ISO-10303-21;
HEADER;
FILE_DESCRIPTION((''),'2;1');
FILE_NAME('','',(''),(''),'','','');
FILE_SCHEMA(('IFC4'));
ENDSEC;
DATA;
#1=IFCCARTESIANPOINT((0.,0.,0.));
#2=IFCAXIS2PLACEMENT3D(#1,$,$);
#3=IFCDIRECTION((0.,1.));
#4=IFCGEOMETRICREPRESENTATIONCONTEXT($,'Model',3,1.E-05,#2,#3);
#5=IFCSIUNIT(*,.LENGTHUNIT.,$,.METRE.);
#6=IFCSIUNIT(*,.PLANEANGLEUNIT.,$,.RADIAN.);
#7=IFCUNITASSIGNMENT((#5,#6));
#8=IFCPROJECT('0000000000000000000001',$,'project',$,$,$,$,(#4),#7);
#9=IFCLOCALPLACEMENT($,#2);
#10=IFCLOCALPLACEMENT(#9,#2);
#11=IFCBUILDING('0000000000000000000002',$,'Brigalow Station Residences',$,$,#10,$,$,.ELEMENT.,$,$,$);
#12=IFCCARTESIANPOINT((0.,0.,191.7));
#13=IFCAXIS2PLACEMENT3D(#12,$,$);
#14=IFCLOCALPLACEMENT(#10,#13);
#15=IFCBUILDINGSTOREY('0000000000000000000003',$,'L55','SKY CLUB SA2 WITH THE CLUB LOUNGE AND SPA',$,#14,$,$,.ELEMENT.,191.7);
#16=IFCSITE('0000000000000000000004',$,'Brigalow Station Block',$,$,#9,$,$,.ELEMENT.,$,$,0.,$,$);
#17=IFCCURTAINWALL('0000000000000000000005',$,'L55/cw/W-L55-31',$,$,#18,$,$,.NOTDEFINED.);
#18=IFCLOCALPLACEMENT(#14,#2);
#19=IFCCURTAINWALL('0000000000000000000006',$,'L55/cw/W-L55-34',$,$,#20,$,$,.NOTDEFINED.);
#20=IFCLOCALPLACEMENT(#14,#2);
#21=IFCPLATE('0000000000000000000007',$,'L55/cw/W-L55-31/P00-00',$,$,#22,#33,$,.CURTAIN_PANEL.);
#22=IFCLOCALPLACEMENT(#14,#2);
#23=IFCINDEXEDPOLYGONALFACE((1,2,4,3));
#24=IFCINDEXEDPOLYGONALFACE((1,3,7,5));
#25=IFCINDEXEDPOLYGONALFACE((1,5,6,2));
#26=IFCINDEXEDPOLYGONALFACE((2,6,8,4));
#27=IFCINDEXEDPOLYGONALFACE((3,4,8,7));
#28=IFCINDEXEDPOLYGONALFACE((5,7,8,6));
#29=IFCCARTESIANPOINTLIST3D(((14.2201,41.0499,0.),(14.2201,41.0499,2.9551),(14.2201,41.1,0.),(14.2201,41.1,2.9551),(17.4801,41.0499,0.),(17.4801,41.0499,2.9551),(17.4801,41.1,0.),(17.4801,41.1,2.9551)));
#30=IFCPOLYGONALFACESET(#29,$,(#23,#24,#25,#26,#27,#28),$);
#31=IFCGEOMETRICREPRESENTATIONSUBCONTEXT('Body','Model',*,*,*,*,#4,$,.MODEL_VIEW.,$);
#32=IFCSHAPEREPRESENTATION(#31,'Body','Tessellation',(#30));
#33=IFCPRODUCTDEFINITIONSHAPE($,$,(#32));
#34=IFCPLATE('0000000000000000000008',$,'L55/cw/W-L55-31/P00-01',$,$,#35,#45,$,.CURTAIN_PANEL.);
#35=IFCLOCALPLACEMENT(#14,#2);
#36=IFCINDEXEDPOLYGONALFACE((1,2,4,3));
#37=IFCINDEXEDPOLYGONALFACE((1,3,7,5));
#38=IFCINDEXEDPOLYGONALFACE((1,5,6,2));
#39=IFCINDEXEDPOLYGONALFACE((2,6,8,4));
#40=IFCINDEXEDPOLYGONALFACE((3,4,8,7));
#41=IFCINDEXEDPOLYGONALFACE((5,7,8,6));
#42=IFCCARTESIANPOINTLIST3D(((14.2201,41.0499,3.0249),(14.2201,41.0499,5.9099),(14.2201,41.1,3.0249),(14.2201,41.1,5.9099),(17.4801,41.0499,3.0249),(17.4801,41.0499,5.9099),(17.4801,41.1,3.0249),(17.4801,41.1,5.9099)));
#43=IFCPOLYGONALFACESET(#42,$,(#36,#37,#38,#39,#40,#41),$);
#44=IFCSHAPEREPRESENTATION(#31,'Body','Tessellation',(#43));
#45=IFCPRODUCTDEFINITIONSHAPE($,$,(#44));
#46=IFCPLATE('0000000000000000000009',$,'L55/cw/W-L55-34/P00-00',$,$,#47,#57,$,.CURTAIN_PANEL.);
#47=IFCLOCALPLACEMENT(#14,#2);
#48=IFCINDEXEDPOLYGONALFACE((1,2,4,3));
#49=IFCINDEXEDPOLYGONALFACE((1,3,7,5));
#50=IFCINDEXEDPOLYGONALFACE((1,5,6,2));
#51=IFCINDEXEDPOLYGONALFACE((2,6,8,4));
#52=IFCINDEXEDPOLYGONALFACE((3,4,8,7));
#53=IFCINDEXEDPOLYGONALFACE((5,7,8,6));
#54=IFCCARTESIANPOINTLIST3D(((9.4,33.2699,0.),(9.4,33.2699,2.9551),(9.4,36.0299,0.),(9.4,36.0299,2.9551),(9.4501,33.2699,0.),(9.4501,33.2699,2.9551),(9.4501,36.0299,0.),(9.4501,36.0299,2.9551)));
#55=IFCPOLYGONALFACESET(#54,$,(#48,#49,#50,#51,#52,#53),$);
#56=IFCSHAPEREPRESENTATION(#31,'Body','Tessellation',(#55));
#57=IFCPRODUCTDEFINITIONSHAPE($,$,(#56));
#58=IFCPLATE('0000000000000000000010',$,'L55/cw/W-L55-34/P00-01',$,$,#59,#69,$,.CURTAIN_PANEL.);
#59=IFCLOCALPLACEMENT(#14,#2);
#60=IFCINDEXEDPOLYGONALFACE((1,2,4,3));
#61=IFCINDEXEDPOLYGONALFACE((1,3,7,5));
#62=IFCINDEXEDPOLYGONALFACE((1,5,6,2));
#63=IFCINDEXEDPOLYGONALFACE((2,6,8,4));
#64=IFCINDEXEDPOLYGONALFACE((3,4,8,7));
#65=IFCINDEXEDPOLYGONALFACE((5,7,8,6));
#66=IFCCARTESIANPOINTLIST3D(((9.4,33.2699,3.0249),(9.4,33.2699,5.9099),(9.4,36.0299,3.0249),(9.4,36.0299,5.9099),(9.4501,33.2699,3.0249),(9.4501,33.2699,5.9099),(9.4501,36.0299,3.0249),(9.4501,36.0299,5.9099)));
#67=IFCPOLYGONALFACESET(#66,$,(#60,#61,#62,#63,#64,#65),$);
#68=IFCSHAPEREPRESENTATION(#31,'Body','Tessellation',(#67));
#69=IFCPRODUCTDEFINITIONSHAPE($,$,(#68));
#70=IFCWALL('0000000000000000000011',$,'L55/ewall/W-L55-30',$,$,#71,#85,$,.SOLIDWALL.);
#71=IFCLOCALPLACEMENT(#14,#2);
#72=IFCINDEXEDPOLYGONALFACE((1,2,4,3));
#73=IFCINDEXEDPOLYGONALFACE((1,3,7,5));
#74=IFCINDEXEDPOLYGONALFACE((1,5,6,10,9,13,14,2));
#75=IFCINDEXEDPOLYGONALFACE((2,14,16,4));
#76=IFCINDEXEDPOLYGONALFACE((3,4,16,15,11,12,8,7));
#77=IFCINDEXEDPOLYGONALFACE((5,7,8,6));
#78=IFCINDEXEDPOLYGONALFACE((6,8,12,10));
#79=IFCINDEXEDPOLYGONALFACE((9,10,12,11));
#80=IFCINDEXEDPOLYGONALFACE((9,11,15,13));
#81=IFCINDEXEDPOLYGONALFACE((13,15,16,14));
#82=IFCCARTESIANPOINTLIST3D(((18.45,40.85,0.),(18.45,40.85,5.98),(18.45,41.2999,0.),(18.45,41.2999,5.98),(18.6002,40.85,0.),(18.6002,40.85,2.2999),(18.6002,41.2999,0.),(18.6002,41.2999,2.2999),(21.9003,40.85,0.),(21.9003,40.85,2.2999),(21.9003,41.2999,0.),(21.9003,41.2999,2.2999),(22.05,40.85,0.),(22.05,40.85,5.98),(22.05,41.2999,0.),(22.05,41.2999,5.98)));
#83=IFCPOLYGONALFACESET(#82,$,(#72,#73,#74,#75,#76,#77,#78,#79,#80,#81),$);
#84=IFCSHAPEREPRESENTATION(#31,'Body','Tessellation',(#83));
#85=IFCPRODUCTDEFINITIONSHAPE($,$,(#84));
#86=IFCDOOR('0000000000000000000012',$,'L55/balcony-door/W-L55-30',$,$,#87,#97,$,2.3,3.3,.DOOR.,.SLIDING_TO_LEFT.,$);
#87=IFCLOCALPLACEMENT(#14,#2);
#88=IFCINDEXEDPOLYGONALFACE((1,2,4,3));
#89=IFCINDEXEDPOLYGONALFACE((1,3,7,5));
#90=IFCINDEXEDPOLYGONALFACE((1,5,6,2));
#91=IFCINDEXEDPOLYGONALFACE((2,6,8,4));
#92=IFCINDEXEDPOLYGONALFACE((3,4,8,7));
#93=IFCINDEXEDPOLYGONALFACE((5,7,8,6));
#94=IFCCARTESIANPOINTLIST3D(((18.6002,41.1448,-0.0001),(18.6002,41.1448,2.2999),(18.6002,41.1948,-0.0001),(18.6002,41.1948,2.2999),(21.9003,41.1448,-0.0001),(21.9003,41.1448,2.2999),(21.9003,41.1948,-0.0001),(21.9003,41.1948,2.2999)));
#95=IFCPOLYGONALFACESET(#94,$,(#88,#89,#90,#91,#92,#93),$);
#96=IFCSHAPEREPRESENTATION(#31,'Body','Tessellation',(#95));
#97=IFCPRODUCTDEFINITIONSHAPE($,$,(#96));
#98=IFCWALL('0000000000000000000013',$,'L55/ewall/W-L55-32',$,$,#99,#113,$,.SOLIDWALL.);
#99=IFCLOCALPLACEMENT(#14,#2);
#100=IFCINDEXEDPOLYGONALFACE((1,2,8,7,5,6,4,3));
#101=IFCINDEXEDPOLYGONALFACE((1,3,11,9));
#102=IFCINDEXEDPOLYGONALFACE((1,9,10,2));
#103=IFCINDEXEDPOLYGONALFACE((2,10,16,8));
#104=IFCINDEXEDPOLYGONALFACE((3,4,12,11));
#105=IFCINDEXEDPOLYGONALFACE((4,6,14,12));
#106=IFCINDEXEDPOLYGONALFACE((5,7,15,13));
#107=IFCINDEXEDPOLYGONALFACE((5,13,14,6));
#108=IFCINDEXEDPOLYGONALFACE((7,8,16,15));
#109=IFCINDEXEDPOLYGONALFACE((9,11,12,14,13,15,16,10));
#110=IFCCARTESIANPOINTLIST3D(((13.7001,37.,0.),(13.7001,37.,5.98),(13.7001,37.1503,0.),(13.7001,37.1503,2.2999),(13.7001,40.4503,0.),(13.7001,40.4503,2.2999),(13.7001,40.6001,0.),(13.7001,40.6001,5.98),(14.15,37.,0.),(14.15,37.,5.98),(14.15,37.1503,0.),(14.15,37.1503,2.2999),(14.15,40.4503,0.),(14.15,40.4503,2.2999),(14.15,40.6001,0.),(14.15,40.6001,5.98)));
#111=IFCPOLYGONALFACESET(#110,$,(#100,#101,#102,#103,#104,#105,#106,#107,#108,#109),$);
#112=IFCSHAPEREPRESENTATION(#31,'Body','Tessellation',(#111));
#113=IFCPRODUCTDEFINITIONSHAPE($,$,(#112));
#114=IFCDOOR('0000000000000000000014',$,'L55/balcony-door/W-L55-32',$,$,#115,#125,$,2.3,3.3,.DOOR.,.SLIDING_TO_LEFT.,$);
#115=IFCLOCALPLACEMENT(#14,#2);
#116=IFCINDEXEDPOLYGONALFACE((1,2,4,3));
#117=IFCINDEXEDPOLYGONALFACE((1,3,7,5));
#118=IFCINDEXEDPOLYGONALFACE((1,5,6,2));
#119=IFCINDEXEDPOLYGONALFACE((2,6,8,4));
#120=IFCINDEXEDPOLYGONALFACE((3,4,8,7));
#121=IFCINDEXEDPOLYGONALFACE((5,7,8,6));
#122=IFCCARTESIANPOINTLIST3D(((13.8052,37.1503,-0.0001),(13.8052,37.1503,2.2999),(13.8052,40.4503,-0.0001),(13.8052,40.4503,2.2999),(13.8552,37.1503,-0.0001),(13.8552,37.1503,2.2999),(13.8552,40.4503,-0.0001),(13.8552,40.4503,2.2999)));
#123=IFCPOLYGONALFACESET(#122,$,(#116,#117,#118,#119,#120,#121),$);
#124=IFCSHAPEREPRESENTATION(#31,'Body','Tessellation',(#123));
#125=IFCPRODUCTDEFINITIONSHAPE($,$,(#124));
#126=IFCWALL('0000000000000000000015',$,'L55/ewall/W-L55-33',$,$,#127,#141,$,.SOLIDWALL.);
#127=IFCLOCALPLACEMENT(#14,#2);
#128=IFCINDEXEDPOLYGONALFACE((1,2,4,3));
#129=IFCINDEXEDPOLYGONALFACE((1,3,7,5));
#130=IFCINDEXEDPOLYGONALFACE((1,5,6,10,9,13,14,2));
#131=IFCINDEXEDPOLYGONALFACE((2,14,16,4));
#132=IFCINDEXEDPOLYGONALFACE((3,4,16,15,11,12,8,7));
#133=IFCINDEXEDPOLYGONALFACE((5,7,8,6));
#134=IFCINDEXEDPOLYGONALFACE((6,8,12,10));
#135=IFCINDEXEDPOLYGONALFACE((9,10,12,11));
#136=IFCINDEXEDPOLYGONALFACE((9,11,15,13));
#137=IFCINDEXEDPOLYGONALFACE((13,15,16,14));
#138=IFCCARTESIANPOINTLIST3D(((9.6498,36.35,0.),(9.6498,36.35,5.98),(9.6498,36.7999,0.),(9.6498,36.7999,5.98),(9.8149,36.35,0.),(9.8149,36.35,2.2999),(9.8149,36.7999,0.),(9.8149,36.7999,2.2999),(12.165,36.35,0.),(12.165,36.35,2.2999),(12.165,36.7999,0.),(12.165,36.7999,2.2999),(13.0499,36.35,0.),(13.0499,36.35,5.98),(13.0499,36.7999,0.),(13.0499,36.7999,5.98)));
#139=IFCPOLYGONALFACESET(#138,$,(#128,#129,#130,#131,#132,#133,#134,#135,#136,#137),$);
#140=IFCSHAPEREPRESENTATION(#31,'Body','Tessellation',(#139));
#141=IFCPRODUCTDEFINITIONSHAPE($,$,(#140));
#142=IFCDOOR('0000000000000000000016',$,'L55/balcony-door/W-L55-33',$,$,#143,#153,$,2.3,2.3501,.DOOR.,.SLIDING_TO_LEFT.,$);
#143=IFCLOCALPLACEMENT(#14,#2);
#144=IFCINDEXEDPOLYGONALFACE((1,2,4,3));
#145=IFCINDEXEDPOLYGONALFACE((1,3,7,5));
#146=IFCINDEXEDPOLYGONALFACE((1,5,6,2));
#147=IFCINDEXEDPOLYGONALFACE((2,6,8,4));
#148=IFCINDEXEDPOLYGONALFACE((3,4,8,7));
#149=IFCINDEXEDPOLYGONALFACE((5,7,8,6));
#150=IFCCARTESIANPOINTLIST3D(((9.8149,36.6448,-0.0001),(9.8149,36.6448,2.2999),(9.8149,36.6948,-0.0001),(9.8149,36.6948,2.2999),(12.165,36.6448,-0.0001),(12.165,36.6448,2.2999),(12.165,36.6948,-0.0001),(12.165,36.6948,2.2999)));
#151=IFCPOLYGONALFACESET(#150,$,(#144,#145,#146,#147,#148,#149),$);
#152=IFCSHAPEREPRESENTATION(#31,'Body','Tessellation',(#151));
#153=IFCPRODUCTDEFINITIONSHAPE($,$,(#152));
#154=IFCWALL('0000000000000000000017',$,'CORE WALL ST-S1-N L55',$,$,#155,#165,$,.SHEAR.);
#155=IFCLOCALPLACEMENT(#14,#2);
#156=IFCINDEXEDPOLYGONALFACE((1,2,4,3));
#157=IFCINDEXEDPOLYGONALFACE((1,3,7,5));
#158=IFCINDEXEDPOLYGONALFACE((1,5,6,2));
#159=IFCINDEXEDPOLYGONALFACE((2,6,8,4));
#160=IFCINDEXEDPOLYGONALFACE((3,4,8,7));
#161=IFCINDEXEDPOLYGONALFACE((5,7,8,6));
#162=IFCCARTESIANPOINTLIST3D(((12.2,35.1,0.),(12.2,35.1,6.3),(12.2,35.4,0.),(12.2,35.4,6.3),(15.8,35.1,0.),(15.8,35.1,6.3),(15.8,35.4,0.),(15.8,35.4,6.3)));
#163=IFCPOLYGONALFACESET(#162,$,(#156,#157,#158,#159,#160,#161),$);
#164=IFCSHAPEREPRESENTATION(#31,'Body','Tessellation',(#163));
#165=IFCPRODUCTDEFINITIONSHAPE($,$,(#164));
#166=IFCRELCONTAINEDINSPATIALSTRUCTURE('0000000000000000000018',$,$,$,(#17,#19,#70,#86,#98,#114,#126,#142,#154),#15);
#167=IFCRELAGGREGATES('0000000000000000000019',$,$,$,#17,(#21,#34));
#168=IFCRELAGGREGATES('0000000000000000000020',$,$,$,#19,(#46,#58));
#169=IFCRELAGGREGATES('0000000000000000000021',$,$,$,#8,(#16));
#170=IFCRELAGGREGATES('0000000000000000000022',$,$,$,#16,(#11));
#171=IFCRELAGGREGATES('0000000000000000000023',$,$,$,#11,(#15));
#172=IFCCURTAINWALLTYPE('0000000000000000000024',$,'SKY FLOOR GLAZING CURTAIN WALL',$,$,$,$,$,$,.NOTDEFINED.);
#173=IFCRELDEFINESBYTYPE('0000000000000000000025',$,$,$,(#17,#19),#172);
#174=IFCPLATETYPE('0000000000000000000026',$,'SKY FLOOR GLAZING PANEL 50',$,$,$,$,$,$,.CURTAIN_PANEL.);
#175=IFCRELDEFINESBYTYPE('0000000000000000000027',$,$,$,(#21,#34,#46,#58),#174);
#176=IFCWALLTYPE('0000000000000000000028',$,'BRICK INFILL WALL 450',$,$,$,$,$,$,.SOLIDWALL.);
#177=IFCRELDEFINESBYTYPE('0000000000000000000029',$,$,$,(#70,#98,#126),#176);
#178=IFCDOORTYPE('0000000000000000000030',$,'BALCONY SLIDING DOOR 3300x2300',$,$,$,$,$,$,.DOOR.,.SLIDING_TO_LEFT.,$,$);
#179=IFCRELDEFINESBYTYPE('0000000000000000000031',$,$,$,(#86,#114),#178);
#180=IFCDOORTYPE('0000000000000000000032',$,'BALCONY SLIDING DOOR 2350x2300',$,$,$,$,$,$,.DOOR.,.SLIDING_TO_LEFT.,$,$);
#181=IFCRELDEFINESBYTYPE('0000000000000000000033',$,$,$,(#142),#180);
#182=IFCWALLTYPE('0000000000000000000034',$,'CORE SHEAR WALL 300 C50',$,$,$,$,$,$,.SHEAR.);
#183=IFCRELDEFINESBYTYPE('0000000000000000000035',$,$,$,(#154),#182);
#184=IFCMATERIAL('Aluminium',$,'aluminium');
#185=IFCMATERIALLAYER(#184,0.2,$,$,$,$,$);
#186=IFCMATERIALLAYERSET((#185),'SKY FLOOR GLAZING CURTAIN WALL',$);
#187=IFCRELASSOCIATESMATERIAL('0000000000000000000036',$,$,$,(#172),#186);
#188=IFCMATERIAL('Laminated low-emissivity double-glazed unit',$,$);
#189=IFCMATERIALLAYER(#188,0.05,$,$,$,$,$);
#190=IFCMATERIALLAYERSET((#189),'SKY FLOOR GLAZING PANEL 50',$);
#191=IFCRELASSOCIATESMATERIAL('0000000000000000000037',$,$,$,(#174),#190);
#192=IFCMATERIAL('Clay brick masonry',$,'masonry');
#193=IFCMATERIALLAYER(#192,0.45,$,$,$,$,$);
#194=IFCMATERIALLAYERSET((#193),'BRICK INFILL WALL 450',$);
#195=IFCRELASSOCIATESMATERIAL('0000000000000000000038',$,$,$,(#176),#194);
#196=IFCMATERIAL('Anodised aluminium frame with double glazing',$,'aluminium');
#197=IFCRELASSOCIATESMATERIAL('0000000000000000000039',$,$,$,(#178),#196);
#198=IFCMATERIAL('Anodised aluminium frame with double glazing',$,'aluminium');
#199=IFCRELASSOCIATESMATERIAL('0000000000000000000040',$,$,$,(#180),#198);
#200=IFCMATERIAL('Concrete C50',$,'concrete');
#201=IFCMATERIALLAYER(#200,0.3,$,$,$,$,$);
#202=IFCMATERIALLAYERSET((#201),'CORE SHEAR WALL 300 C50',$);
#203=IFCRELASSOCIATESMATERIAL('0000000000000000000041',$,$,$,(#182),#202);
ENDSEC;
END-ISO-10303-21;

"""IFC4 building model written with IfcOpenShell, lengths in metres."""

from ifc_helpers import new_model, si_unit, direction, frame, frame_2d, origin, origin_2d, place, context, subcontext, project, spatial, rectangle, extrude, material, layer, layer_set, type_object, element, fill, aggregate, save


model = new_model("IFC4")

# Units and contexts
model_context = context("Model", 3, precision=1e-05, world=origin(), true_north=direction((0.0, 1.0)))
body_context = subcontext(model_context, "Body", "Model", "MODEL_VIEW")
ifc_project = project(units=[si_unit("LENGTHUNIT", "METRE"), si_unit("PLANEANGLEUNIT", "RADIAN")], contexts=[model_context])

# Site, building, storey
site_placement = place(None, origin())
site = spatial("IfcSite", under=ifc_project, at=site_placement, Name="Brigalow Station Block", CompositionType="ELEMENT", RefElevation=0.0)
building_placement = place(site_placement, origin())
building = spatial("IfcBuilding", under=site, at=building_placement, Name="Brigalow Station Residences", CompositionType="ELEMENT")
storey_placement = place(building_placement, frame((0.0, 0.0, 191.7)))
storey = spatial("IfcBuildingStorey", under=building, at=storey_placement, Name="L55", Description="SKY CLUB SA2 WITH THE CLUB LOUNGE AND SPA", CompositionType="ELEMENT", Elevation=191.7)

# Shared definitions
ifc_material_1 = material(Name="Aluminium", Category="aluminium")
ifc_layer_1 = layer(ifc_material_1, 0.2)
ifc_layer_set_1 = layer_set([ifc_layer_1], Name="SKY FLOOR GLAZING CURTAIN WALL")
curtain_wall_type = type_object("IfcCurtainWallType", Name="SKY FLOOR GLAZING CURTAIN WALL", PredefinedType="NOTDEFINED", material=ifc_layer_set_1)

# Curtain walls
curtain_wall_1_placement = place(storey_placement, origin())
curtain_wall_1 = element("IfcCurtainWall", 1, at=curtain_wall_1_placement, inside=storey, type_object=curtain_wall_type, Name="L55/cw/W-L55-31", PredefinedType="NOTDEFINED")
curtain_wall_2_placement = place(storey_placement, origin())
curtain_wall_2 = element("IfcCurtainWall", 2, at=curtain_wall_2_placement, inside=storey, type_object=curtain_wall_type, Name="L55/cw/W-L55-34", PredefinedType="NOTDEFINED")

# Plates
ifc_material_2 = material(Name="Laminated low-emissivity double-glazed unit")
ifc_layer_2 = layer(ifc_material_2, 0.05)
ifc_layer_set_2 = layer_set([ifc_layer_2], Name="SKY FLOOR GLAZING PANEL 50")
plate_type = type_object("IfcPlateType", Name="SKY FLOOR GLAZING PANEL 50", PredefinedType="CURTAIN_PANEL", material=ifc_layer_set_2)
plate_1_placement = place(storey_placement, frame((15.8501, 41.075, 0.0), z_axis=(0.0, 0.0, 1.0), x_axis=(-1.0, 0.0, 0.0)))
plate_1 = element("IfcPlate", 3, at=plate_1_placement, type_object=plate_type, Name="L55/cw/W-L55-31/P00-00", PredefinedType="CURTAIN_PANEL", context=body_context, shape_type="SweptSolid", body=[
    extrude(rectangle(XDim=3.26, YDim=0.05, at=origin_2d()), origin(), (0.0, 0.0, 1.0), 2.9551),
])
plate_2_placement = place(storey_placement, frame((15.8501, 41.075, 3.0249), z_axis=(0.0, 0.0, 1.0), x_axis=(-1.0, 0.0, 0.0)))
plate_2 = element("IfcPlate", 4, at=plate_2_placement, type_object=plate_type, Name="L55/cw/W-L55-31/P00-01", PredefinedType="CURTAIN_PANEL", context=body_context, shape_type="SweptSolid", body=[
    extrude(rectangle(XDim=3.26, YDim=0.05, at=origin_2d()), origin(), (0.0, 0.0, 1.0), 2.885),
])
aggregate(curtain_wall_1, [plate_1, plate_2])
plate_3_placement = place(storey_placement, frame((9.425, 34.6499, 0.0), z_axis=(0.0, 0.0, 1.0), x_axis=(0.0, -1.0, 0.0)))
plate_3 = element("IfcPlate", 5, at=plate_3_placement, type_object=plate_type, Name="L55/cw/W-L55-34/P00-00", PredefinedType="CURTAIN_PANEL", context=body_context, shape_type="SweptSolid", body=[
    extrude(rectangle(XDim=2.76, YDim=0.05, at=origin_2d()), origin(), (0.0, 0.0, 1.0), 2.9551),
])
plate_4_placement = place(storey_placement, frame((9.425, 34.6499, 3.0249), z_axis=(0.0, 0.0, 1.0), x_axis=(0.0, -1.0, 0.0)))
plate_4 = element("IfcPlate", 6, at=plate_4_placement, type_object=plate_type, Name="L55/cw/W-L55-34/P00-01", PredefinedType="CURTAIN_PANEL", context=body_context, shape_type="SweptSolid", body=[
    extrude(rectangle(XDim=2.76, YDim=0.05, at=origin_2d()), origin(), (0.0, 0.0, 1.0), 2.885),
])
aggregate(curtain_wall_2, [plate_3, plate_4])

# Walls, openings, doors
ifc_material_3 = material(Name="Clay brick masonry", Category="masonry")
ifc_layer_3 = layer(ifc_material_3, 0.45)
ifc_layer_set_3 = layer_set([ifc_layer_3], Name="BRICK INFILL WALL 450")
wall_type_1 = type_object("IfcWallType", Name="BRICK INFILL WALL 450", PredefinedType="SOLIDWALL", material=ifc_layer_set_3)
wall_1_placement = place(storey_placement, frame((22.05, 41.075, 0.0), z_axis=(0.0, 0.0, 1.0), x_axis=(-1.0, 0.0, 0.0)))
wall_1 = element("IfcWall", 7, at=wall_1_placement, inside=storey, type_object=wall_type_1, Name="L55/ewall/W-L55-30", PredefinedType="SOLIDWALL", context=body_context, shape_type="SweptSolid", body=[
    extrude(rectangle(XDim=3.6001, YDim=0.45, at=frame_2d((1.8, 0.0))), origin(), (0.0, 0.0, 1.0), 5.98),
])
opening_1_placement = place(wall_1_placement, frame((0.1499, 0.0, 0.0)))
opening_1 = element("IfcOpeningElement", 8, at=opening_1_placement, cuts=wall_1, PredefinedType="OPENING", context=body_context, shape_type="SweptSolid", body=[
    extrude(rectangle(XDim=3.3, YDim=2.3, at=frame_2d((1.6499, 1.1499))), frame((0.0, 0.2349, 0.0), z_axis=(0.0, -1.0, 0.0), x_axis=(1.0, 0.0, 0.0)), (0.0, 0.0, 1.0), 0.47),
])
ifc_material_4 = material(Name="Anodised aluminium frame with double glazing", Category="aluminium")
door_type_1 = type_object("IfcDoorType", Name="BALCONY SLIDING DOOR 3300x2300", OperationType="SLIDING_TO_LEFT", PredefinedType="DOOR", material=ifc_material_4)
door_1_placement = place(opening_1_placement, origin())
door_1 = element("IfcDoor", 9, at=door_1_placement, inside=storey, type_object=door_type_1, Name="L55/balcony-door/W-L55-30", OperationType="SLIDING_TO_LEFT", OverallHeight=2.3, OverallWidth=3.3, PredefinedType="DOOR", context=body_context, shape_type="SweptSolid", body=[
    extrude(rectangle(XDim=3.3, YDim=2.3, at=frame_2d((1.6499, 1.1499))), frame((0.0, -0.0698, 0.0), z_axis=(0.0, -1.0, 0.0), x_axis=(1.0, 0.0, 0.0)), (0.0, 0.0, 1.0), 0.05),
])
fill(opening_1, door_1)
wall_2_placement = place(storey_placement, frame((13.925, 40.6001, 0.0), z_axis=(0.0, 0.0, 1.0), x_axis=(0.0, -1.0, 0.0)))
wall_2 = element("IfcWall", 10, at=wall_2_placement, inside=storey, type_object=wall_type_1, Name="L55/ewall/W-L55-32", PredefinedType="SOLIDWALL", context=body_context, shape_type="SweptSolid", body=[
    extrude(rectangle(XDim=3.6001, YDim=0.45, at=frame_2d((1.8, 0.0))), origin(), (0.0, 0.0, 1.0), 5.98),
])
opening_2_placement = place(wall_2_placement, frame((0.1499, 0.0, 0.0)))
opening_2 = element("IfcOpeningElement", 11, at=opening_2_placement, cuts=wall_2, PredefinedType="OPENING", context=body_context, shape_type="SweptSolid", body=[
    extrude(rectangle(XDim=3.3, YDim=2.3, at=frame_2d((1.6499, 1.1499))), frame((0.0, 0.2349, 0.0), z_axis=(0.0, -1.0, 0.0), x_axis=(1.0, 0.0, 0.0)), (0.0, 0.0, 1.0), 0.47),
])
door_2_placement = place(opening_2_placement, origin())
door_2 = element("IfcDoor", 12, at=door_2_placement, inside=storey, type_object=door_type_1, Name="L55/balcony-door/W-L55-32", OperationType="SLIDING_TO_LEFT", OverallHeight=2.3, OverallWidth=3.3, PredefinedType="DOOR", context=body_context, shape_type="SweptSolid", body=[
    extrude(rectangle(XDim=3.3, YDim=2.3, at=frame_2d((1.6499, 1.1499))), frame((0.0, -0.0698, 0.0), z_axis=(0.0, -1.0, 0.0), x_axis=(1.0, 0.0, 0.0)), (0.0, 0.0, 1.0), 0.05),
])
fill(opening_2, door_2)
wall_3_placement = place(storey_placement, frame((13.05, 36.575, 0.0), z_axis=(0.0, 0.0, 1.0), x_axis=(-1.0, 0.0, 0.0)))
wall_3 = element("IfcWall", 13, at=wall_3_placement, inside=storey, type_object=wall_type_1, Name="L55/ewall/W-L55-33", PredefinedType="SOLIDWALL", context=body_context, shape_type="SweptSolid", body=[
    extrude(rectangle(XDim=3.4001, YDim=0.45, at=frame_2d((1.7002, 0.0))), origin(), (0.0, 0.0, 1.0), 5.98),
])
opening_3_placement = place(wall_3_placement, frame((0.885, 0.0, 0.0)))
opening_3 = element("IfcOpeningElement", 14, at=opening_3_placement, cuts=wall_3, PredefinedType="OPENING", context=body_context, shape_type="SweptSolid", body=[
    extrude(rectangle(XDim=2.3501, YDim=2.3, at=frame_2d((1.175, 1.1499))), frame((0.0, 0.2349, 0.0), z_axis=(0.0, -1.0, 0.0), x_axis=(1.0, 0.0, 0.0)), (0.0, 0.0, 1.0), 0.47),
])
ifc_material_5 = material(Name="Anodised aluminium frame with double glazing", Category="aluminium")
door_type_2 = type_object("IfcDoorType", Name="BALCONY SLIDING DOOR 2350x2300", OperationType="SLIDING_TO_LEFT", PredefinedType="DOOR", material=ifc_material_5)
door_3_placement = place(opening_3_placement, origin())
door_3 = element("IfcDoor", 15, at=door_3_placement, inside=storey, type_object=door_type_2, Name="L55/balcony-door/W-L55-33", OperationType="SLIDING_TO_LEFT", OverallHeight=2.3, OverallWidth=2.3501, PredefinedType="DOOR", context=body_context, shape_type="SweptSolid", body=[
    extrude(rectangle(XDim=2.3501, YDim=2.3, at=frame_2d((1.175, 1.1499))), frame((0.0, -0.0698, 0.0), z_axis=(0.0, -1.0, 0.0), x_axis=(1.0, 0.0, 0.0)), (0.0, 0.0, 1.0), 0.05),
])
fill(opening_3, door_3)

# Wall
ifc_material_6 = material(Name="Concrete C50", Category="concrete")
ifc_layer_4 = layer(ifc_material_6, 0.3)
ifc_layer_set_4 = layer_set([ifc_layer_4], Name="CORE SHEAR WALL 300 C50")
wall_type_2 = type_object("IfcWallType", Name="CORE SHEAR WALL 300 C50", PredefinedType="SHEAR", material=ifc_layer_set_4)
wall_4_placement = place(storey_placement, frame((12.2, 35.25, 0.0), z_axis=(0.0, 0.0, 1.0), x_axis=(1.0, 0.0, 0.0)))
element("IfcWall", 16, at=wall_4_placement, inside=storey, type_object=wall_type_2, Name="CORE WALL ST-S1-N L55", PredefinedType="SHEAR", context=body_context, shape_type="SweptSolid", body=[
    extrude(rectangle(XDim=3.6001, YDim=0.3, at=frame_2d((1.8, 0.0))), origin(), (0.0, 0.0, 1.0), 6.3),
])

save(model, "model.ifc")
